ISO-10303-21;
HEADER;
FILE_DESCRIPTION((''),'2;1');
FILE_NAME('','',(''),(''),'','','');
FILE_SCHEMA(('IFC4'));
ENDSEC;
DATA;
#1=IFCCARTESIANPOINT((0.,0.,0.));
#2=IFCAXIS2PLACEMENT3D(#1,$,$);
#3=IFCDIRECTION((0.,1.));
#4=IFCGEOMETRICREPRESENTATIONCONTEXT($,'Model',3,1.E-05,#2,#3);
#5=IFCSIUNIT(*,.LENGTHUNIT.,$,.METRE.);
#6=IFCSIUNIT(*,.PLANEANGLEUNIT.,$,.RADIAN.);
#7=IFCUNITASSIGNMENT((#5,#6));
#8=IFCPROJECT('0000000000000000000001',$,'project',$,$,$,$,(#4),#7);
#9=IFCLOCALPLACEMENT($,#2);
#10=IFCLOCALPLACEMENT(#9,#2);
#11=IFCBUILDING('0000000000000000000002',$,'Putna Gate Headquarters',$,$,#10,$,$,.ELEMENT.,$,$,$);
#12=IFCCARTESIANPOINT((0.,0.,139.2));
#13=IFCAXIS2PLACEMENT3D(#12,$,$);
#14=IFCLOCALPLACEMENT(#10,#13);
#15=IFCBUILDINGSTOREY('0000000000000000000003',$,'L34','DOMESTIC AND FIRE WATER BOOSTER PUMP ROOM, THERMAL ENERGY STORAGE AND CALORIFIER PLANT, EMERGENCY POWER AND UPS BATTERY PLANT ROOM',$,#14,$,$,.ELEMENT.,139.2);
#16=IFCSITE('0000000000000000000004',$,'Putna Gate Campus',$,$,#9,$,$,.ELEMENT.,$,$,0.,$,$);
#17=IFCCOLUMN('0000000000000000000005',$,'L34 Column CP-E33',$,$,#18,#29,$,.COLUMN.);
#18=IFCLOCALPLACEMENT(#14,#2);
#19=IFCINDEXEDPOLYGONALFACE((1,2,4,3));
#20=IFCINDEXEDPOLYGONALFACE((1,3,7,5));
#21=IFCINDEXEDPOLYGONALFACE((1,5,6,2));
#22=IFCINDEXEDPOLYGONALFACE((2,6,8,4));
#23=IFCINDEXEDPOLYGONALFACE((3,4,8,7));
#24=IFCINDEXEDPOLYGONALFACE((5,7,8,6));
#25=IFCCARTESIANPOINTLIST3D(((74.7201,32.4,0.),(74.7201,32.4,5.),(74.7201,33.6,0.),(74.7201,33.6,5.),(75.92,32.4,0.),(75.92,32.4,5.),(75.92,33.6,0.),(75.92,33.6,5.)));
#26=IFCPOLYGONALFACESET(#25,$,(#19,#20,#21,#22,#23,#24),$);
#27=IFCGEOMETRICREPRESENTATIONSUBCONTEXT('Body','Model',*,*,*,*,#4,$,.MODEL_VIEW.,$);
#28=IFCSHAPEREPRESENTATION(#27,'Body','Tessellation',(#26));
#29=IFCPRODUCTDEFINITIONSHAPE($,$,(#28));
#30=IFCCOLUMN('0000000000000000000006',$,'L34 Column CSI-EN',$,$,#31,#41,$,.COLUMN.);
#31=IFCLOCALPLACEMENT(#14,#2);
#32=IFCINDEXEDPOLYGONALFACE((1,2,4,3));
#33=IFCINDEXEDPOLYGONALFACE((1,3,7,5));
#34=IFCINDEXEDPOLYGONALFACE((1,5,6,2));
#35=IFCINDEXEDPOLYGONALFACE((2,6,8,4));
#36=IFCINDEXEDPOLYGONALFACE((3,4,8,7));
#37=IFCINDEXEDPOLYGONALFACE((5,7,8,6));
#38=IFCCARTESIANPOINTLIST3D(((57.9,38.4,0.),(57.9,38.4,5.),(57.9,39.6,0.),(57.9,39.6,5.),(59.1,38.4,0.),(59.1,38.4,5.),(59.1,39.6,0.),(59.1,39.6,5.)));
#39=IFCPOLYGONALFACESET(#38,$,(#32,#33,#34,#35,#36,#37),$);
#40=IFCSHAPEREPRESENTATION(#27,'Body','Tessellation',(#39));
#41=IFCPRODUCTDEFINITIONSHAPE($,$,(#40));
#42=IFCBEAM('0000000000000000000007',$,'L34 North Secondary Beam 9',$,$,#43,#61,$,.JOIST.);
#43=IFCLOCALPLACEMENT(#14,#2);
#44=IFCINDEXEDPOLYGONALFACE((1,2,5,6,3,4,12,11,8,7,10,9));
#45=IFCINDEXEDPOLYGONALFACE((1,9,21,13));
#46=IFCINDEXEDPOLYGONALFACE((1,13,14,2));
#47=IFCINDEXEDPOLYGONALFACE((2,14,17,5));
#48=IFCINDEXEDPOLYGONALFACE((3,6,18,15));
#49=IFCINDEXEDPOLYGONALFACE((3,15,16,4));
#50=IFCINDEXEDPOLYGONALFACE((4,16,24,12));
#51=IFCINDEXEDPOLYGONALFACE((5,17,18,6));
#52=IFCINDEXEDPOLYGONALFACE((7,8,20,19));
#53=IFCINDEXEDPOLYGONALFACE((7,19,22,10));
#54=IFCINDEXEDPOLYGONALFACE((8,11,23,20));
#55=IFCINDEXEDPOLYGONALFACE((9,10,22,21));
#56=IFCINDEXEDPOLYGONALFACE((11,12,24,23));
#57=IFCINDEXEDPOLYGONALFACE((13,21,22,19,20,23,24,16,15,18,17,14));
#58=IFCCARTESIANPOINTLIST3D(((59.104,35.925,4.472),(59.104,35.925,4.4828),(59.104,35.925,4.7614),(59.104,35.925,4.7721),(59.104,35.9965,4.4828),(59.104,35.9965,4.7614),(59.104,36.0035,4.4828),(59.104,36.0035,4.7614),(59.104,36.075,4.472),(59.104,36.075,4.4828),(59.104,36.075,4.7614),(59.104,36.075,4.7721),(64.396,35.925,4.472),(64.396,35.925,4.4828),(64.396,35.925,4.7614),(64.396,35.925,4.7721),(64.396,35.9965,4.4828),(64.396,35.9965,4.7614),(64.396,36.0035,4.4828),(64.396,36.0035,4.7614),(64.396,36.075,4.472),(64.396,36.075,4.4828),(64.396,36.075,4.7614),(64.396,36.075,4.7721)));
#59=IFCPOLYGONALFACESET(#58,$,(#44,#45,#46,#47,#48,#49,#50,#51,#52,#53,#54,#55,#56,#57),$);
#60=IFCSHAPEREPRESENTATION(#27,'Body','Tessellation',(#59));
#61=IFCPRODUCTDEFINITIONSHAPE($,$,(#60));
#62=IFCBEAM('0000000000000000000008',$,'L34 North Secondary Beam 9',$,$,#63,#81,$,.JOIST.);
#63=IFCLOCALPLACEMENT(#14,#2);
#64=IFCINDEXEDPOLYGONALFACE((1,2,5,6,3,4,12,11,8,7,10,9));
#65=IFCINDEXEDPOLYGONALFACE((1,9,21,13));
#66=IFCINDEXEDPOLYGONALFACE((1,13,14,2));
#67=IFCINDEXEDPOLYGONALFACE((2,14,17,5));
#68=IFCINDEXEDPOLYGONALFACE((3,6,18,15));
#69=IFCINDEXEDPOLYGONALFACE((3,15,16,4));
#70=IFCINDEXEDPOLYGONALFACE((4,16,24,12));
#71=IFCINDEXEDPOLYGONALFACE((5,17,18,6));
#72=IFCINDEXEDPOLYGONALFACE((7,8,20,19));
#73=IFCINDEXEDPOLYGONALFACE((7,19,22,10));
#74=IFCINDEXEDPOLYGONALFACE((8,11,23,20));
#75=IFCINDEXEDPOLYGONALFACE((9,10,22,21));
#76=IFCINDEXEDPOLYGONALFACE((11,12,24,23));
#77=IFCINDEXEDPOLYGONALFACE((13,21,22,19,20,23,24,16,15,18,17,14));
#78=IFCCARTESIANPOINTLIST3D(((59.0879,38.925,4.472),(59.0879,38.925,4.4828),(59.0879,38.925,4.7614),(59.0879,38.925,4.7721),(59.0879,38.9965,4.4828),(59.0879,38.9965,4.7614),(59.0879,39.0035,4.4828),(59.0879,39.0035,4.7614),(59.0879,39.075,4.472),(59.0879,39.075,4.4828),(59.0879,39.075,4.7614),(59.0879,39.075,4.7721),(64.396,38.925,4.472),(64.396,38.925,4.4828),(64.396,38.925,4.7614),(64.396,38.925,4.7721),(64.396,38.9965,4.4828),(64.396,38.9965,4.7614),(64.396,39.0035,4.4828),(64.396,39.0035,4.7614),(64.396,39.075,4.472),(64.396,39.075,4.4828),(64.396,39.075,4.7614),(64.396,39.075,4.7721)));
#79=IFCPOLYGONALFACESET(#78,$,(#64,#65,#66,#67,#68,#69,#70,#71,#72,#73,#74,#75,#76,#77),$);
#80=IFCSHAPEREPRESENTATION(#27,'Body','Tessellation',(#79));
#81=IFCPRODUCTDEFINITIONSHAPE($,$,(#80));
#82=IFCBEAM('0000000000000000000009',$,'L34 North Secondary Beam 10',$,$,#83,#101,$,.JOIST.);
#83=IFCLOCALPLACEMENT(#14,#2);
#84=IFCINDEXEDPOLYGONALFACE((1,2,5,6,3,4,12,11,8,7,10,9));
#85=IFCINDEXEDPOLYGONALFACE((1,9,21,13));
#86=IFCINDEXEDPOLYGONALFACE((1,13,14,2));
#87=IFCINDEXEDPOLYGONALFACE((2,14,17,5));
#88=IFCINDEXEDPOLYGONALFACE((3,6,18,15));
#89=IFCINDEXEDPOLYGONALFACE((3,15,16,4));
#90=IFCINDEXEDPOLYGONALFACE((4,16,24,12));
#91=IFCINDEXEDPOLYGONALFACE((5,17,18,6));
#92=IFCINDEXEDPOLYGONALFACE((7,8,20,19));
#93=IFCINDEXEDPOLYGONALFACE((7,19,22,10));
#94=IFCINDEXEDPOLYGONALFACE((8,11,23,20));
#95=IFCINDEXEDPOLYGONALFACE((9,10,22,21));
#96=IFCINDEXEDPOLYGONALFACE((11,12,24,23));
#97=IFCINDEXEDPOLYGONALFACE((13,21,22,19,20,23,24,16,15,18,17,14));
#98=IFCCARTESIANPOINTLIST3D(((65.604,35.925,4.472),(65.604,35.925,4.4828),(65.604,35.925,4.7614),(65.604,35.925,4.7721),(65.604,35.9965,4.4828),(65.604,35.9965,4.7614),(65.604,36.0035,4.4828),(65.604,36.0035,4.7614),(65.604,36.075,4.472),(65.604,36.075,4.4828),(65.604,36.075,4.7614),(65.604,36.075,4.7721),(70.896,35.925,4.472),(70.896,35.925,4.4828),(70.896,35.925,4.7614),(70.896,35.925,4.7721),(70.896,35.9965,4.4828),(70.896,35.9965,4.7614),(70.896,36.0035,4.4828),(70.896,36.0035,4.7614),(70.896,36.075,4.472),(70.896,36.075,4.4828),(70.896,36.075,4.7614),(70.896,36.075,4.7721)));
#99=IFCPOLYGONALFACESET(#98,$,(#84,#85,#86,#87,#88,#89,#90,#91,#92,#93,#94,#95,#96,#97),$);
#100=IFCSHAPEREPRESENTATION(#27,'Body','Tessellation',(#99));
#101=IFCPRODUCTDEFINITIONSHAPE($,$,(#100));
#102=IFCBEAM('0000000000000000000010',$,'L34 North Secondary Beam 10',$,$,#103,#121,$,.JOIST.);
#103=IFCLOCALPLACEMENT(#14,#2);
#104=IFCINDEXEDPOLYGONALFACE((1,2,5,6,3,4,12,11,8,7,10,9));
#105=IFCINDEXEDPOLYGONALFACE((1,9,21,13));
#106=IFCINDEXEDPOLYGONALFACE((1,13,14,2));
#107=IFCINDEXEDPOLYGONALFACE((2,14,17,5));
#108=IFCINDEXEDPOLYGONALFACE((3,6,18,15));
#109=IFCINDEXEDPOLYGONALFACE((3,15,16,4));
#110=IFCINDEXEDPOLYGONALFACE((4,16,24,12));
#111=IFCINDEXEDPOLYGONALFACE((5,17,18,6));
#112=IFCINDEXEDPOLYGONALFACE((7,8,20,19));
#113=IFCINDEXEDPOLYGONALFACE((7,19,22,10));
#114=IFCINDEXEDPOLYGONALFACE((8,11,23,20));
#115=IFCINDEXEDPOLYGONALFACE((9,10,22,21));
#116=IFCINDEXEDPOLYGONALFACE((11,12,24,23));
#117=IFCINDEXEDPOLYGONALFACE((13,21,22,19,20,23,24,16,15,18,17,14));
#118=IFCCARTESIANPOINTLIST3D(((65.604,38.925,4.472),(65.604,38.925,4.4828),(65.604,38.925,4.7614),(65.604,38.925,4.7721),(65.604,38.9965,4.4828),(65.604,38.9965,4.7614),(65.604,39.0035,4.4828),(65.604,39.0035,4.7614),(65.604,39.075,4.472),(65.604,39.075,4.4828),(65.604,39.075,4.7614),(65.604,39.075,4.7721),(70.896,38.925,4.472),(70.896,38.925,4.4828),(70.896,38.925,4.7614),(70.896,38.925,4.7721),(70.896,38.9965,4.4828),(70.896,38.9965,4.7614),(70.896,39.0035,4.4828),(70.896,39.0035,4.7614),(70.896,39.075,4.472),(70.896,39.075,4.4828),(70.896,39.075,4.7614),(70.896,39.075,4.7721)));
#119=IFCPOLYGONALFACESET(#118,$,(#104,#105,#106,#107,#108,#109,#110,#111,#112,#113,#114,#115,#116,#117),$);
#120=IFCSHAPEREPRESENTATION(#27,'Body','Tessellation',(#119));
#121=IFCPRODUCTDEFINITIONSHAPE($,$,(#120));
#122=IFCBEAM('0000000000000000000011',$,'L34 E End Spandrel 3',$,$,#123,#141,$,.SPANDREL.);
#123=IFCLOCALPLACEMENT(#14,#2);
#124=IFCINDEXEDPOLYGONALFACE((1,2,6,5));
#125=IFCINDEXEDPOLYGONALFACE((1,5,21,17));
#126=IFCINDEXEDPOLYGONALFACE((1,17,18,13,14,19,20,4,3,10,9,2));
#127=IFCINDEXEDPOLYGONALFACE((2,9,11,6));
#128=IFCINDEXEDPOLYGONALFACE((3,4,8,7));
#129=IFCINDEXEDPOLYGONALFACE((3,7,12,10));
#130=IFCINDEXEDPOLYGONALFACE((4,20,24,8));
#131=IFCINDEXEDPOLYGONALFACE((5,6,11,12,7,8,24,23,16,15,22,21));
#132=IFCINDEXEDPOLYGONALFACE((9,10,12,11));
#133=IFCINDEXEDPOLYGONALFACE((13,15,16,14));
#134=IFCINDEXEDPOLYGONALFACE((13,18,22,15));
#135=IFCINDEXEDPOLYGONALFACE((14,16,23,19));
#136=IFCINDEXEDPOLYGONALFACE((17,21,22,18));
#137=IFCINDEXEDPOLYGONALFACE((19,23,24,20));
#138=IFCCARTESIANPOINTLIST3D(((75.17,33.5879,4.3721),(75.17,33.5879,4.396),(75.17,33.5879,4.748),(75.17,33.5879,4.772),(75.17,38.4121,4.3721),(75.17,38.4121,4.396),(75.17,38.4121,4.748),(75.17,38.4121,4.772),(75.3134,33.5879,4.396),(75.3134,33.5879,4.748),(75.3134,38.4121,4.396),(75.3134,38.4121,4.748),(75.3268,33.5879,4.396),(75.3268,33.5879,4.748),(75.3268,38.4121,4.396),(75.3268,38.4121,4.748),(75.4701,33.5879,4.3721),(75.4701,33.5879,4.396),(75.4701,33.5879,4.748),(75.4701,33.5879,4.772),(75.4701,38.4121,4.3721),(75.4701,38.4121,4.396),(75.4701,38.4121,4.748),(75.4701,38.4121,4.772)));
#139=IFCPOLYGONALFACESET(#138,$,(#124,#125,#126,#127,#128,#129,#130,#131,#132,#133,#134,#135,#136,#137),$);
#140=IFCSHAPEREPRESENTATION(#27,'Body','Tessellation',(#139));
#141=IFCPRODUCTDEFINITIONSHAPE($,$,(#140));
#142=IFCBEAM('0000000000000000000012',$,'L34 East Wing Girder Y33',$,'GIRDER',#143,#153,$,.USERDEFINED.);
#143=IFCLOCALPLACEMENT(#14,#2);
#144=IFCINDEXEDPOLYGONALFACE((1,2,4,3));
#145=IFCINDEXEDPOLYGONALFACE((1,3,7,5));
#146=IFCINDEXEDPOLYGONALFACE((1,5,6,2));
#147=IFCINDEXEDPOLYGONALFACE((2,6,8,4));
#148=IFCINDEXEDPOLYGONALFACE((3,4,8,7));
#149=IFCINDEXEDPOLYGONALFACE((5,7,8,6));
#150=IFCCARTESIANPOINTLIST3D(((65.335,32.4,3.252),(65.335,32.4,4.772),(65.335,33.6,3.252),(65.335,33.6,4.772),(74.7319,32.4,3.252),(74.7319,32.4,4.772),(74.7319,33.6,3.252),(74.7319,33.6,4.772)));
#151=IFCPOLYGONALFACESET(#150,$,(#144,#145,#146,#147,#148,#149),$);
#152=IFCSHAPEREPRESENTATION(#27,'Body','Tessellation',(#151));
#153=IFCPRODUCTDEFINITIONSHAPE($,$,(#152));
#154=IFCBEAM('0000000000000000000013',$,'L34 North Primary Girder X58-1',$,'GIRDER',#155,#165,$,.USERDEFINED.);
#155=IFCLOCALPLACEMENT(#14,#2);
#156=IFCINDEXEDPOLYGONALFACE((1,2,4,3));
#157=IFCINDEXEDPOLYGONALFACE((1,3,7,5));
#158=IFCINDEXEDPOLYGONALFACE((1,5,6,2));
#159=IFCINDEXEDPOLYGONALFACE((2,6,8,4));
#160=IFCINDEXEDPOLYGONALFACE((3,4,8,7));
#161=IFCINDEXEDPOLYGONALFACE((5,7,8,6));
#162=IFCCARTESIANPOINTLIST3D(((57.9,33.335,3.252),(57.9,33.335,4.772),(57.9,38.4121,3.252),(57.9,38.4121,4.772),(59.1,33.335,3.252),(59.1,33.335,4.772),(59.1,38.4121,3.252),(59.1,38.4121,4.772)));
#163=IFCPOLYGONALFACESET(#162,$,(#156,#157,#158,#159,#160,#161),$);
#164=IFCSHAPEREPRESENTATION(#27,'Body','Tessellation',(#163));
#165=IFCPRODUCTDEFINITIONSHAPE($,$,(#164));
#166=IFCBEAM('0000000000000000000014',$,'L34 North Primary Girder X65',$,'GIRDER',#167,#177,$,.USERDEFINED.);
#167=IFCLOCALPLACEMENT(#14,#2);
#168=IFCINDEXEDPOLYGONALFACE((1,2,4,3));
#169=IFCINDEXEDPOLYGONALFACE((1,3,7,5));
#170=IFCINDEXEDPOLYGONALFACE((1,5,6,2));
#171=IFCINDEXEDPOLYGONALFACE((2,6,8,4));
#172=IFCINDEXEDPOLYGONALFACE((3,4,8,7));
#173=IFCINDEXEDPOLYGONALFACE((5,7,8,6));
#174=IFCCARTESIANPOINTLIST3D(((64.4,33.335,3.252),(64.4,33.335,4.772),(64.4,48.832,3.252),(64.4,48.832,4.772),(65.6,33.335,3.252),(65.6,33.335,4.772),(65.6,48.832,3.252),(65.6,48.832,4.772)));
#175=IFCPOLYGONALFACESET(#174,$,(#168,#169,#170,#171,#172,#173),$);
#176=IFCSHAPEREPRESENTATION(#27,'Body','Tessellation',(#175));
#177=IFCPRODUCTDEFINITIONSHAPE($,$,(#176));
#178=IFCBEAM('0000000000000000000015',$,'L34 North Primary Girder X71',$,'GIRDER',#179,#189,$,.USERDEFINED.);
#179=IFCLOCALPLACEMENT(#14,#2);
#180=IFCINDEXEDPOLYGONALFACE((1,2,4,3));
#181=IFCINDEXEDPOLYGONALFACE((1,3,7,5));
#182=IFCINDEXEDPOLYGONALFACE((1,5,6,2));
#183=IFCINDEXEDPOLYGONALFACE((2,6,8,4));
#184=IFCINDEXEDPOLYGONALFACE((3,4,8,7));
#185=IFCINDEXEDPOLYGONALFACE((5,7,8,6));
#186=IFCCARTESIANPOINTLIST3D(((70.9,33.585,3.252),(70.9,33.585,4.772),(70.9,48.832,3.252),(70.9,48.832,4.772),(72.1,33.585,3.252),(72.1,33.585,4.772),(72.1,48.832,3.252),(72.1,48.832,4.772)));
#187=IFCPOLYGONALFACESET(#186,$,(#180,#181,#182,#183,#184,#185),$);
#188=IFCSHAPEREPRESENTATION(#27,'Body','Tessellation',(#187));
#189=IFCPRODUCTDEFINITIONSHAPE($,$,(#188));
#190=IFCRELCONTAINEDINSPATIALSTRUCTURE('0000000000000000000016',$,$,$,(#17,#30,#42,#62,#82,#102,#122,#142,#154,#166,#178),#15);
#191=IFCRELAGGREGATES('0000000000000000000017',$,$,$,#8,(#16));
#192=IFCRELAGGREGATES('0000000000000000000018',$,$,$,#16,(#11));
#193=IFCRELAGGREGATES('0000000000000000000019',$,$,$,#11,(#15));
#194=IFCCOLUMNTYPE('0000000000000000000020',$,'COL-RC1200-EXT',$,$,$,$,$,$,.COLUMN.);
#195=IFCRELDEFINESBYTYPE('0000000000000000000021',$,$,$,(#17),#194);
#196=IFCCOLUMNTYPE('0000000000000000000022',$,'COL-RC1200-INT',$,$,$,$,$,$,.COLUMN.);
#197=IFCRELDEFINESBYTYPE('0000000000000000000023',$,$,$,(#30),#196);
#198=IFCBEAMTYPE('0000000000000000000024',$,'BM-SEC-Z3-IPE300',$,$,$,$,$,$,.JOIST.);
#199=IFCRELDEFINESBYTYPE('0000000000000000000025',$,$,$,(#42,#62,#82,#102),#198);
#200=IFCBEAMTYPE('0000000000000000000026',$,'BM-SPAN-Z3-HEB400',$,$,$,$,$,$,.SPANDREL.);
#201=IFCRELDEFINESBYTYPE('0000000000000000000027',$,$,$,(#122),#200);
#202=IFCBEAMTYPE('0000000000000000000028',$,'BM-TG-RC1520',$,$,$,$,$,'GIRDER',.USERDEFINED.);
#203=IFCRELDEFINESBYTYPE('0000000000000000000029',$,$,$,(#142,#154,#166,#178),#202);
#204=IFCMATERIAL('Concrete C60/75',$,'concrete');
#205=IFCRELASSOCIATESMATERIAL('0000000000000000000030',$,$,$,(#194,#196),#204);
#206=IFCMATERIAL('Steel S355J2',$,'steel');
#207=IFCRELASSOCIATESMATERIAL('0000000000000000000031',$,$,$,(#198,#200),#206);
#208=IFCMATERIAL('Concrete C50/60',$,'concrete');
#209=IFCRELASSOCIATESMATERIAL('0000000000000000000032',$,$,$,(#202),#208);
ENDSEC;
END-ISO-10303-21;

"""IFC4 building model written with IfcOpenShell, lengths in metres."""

from ifc_helpers import new_model, si_unit, direction, frame, origin, origin_2d, place, context, subcontext, project, spatial, rectangle, i_section, extrude, material, material_profile, profile_set, type_object, element, save


model = new_model("IFC4")

# Units and contexts
model_context = context("Model", 3, precision=1e-05, world=origin(), true_north=direction((0.0, 1.0)))
body_context = subcontext(model_context, "Body", "Model", "MODEL_VIEW")
ifc_project = project(units=[si_unit("LENGTHUNIT", "METRE"), si_unit("PLANEANGLEUNIT", "RADIAN")], contexts=[model_context])

# Site, building, storey
site_placement = place(None, origin())
site = spatial("IfcSite", under=ifc_project, at=site_placement, Name="Putna Gate Campus", CompositionType="ELEMENT", RefElevation=0.0)
building_placement = place(site_placement, origin())
building = spatial("IfcBuilding", under=site, at=building_placement, Name="Putna Gate Headquarters", CompositionType="ELEMENT")
storey_placement = place(building_placement, frame((0.0, 0.0, 139.2)))
storey = spatial("IfcBuildingStorey", under=building, at=storey_placement, Name="L34", Description="DOMESTIC AND FIRE WATER BOOSTER PUMP ROOM, THERMAL ENERGY STORAGE AND CALORIFIER PLANT, EMERGENCY POWER AND UPS BATTERY PLANT ROOM", CompositionType="ELEMENT", Elevation=139.2)

# Columns
ifc_material_1 = material(Name="Concrete C60/75", Category="concrete")
ifc_material_profile_1 = material_profile(ifc_material_1, rectangle(XDim=1.2, YDim=1.2, at=origin_2d()), Name="Concrete C60/75")
ifc_profile_set_1 = profile_set([ifc_material_profile_1], Name="Concrete C60/75")
column_type_1 = type_object("IfcColumnType", Name="COL-RC1200-EXT", PredefinedType="COLUMN", material=ifc_profile_set_1)
column_1_placement = place(storey_placement, frame((75.3201, 33.0, 0.0), z_axis=(0.0, 0.0, 1.0), x_axis=(1.0, 0.0, 0.0)))
element("IfcColumn", 1, at=column_1_placement, inside=storey, type_object=column_type_1, Name="L34 Column CP-E33", PredefinedType="COLUMN", context=body_context, shape_type="SweptSolid", body=[
    extrude(rectangle(XDim=1.2, YDim=1.2, at=origin_2d()), origin(), (0.0, 0.0, 1.0), 5.0),
])
ifc_material_profile_2 = material_profile(ifc_material_1, rectangle(XDim=1.2, YDim=1.2, at=origin_2d()), Name="Concrete C60/75")
ifc_profile_set_2 = profile_set([ifc_material_profile_2], Name="Concrete C60/75")
column_type_2 = type_object("IfcColumnType", Name="COL-RC1200-INT", PredefinedType="COLUMN", material=ifc_profile_set_2)
column_2_placement = place(storey_placement, frame((58.5, 39.0, 0.0), z_axis=(0.0, 0.0, 1.0), x_axis=(1.0, 0.0, 0.0)))
element("IfcColumn", 2, at=column_2_placement, inside=storey, type_object=column_type_2, Name="L34 Column CSI-EN", PredefinedType="COLUMN", context=body_context, shape_type="SweptSolid", body=[
    extrude(rectangle(XDim=1.2, YDim=1.2, at=origin_2d()), origin(), (0.0, 0.0, 1.0), 5.0),
])

# Beams
ifc_material_2 = material(Name="Steel S355J2", Category="steel")
ifc_material_profile_3 = material_profile(ifc_material_2, i_section(OverallWidth=0.1499, OverallDepth=0.3, WebThickness=0.0071, FlangeThickness=0.0107, at=origin_2d()), Name="Steel S355J2")
ifc_profile_set_3 = profile_set([ifc_material_profile_3], Name="Steel S355J2")
beam_type_1 = type_object("IfcBeamType", Name="BM-SEC-Z3-IPE300", PredefinedType="JOIST", material=ifc_profile_set_3)
beam_1_placement = place(storey_placement, frame((59.104, 36.0, 4.6221), z_axis=(1.0, 0.0, 0.0), x_axis=(0.0, 1.0, 0.0)))
element("IfcBeam", 3, at=beam_1_placement, inside=storey, type_object=beam_type_1, Name="L34 North Secondary Beam 9", PredefinedType="JOIST", context=body_context, shape_type="SweptSolid", body=[
    extrude(i_section(OverallWidth=0.1499, OverallDepth=0.3, WebThickness=0.0071, FlangeThickness=0.0107, at=origin_2d()), origin(), (0.0, 0.0, 1.0), 5.292),
])
beam_2_placement = place(storey_placement, frame((59.0879, 39.0, 4.6221), z_axis=(1.0, 0.0, 0.0), x_axis=(0.0, 1.0, 0.0)))
element("IfcBeam", 4, at=beam_2_placement, inside=storey, type_object=beam_type_1, Name="L34 North Secondary Beam 9", PredefinedType="JOIST", context=body_context, shape_type="SweptSolid", body=[
    extrude(i_section(OverallWidth=0.1499, OverallDepth=0.3, WebThickness=0.0071, FlangeThickness=0.0107, at=origin_2d()), origin(), (0.0, 0.0, 1.0), 5.3081),
])
for number, where, z_axis, x_axis, name in (
    (5, (65.604, 36.0, 4.6221), (1.0, 0.0, 0.0), (0.0, 1.0, 0.0), "L34 North Secondary Beam 10"),
    (6, (65.604, 39.0, 4.6221), (1.0, 0.0, 0.0), (0.0, 1.0, 0.0), "L34 North Secondary Beam 10"),
):
    element("IfcBeam", number, at=place(storey_placement, frame(where, z_axis=z_axis, x_axis=x_axis)), inside=storey, type_object=beam_type_1, Name=name, PredefinedType="JOIST", context=body_context, shape_type="SweptSolid", body=[
        extrude(i_section(OverallWidth=0.1499, OverallDepth=0.3, WebThickness=0.0071, FlangeThickness=0.0107, at=origin_2d()), origin(), (0.0, 0.0, 1.0), 5.292),
    ])
ifc_material_profile_4 = material_profile(ifc_material_2, i_section(OverallWidth=0.3, OverallDepth=0.3999, WebThickness=0.0134, FlangeThickness=0.0239, at=origin_2d()), Name="Steel S355J2")
ifc_profile_set_4 = profile_set([ifc_material_profile_4], Name="Steel S355J2")
beam_type_2 = type_object("IfcBeamType", Name="BM-SPAN-Z3-HEB400", PredefinedType="SPANDREL", material=ifc_profile_set_4)
beam_3_placement = place(storey_placement, frame((75.3201, 33.5879, 4.572), z_axis=(0.0, 1.0, 0.0), x_axis=(-1.0, 0.0, 0.0)))
element("IfcBeam", 7, at=beam_3_placement, inside=storey, type_object=beam_type_2, Name="L34 E End Spandrel 3", PredefinedType="SPANDREL", context=body_context, shape_type="SweptSolid", body=[
    extrude(i_section(OverallWidth=0.3, OverallDepth=0.3999, WebThickness=0.0134, FlangeThickness=0.0239, at=origin_2d()), origin(), (0.0, 0.0, 1.0), 4.8242),
])
ifc_material_3 = material(Name="Concrete C50/60", Category="concrete")
ifc_material_profile_5 = material_profile(ifc_material_3, rectangle(XDim=1.2, YDim=1.52, at=origin_2d()), Name="Concrete C50/60")
ifc_profile_set_5 = profile_set([ifc_material_profile_5], Name="Concrete C50/60")
beam_type_3 = type_object("IfcBeamType", Name="BM-TG-RC1520", ElementType="GIRDER", PredefinedType="USERDEFINED", material=ifc_profile_set_5)
beam_4_placement = place(storey_placement, frame((65.335, 33.0, 4.012), z_axis=(1.0, 0.0, 0.0), x_axis=(0.0, 1.0, 0.0)))
element("IfcBeam", 8, at=beam_4_placement, inside=storey, type_object=beam_type_3, Name="L34 East Wing Girder Y33", ObjectType="GIRDER", PredefinedType="USERDEFINED", context=body_context, shape_type="SweptSolid", body=[
    extrude(rectangle(XDim=1.2, YDim=1.52, at=origin_2d()), origin(), (0.0, 0.0, 1.0), 9.397),
])
beam_5_placement = place(storey_placement, frame((58.5, 33.335, 4.012), z_axis=(0.0, 1.0, 0.0), x_axis=(-1.0, 0.0, 0.0)))
element("IfcBeam", 9, at=beam_5_placement, inside=storey, type_object=beam_type_3, Name="L34 North Primary Girder X58-1", ObjectType="GIRDER", PredefinedType="USERDEFINED", context=body_context, shape_type="SweptSolid", body=[
    extrude(rectangle(XDim=1.2, YDim=1.52, at=origin_2d()), origin(), (0.0, 0.0, 1.0), 5.0771),
])
beam_6_placement = place(storey_placement, frame((65.0, 33.335, 4.012), z_axis=(0.0, 1.0, 0.0), x_axis=(-1.0, 0.0, 0.0)))
element("IfcBeam", 10, at=beam_6_placement, inside=storey, type_object=beam_type_3, Name="L34 North Primary Girder X65", ObjectType="GIRDER", PredefinedType="USERDEFINED", context=body_context, shape_type="SweptSolid", body=[
    extrude(rectangle(XDim=1.2, YDim=1.52, at=origin_2d()), origin(), (0.0, 0.0, 1.0), 15.4971),
])
beam_7_placement = place(storey_placement, frame((71.5, 33.585, 4.012), z_axis=(0.0, 1.0, 0.0), x_axis=(-1.0, 0.0, 0.0)))
element("IfcBeam", 11, at=beam_7_placement, inside=storey, type_object=beam_type_3, Name="L34 North Primary Girder X71", ObjectType="GIRDER", PredefinedType="USERDEFINED", context=body_context, shape_type="SweptSolid", body=[
    extrude(rectangle(XDim=1.2, YDim=1.52, at=origin_2d()), origin(), (0.0, 0.0, 1.0), 15.2471),
])

save(model, "model.ifc")
